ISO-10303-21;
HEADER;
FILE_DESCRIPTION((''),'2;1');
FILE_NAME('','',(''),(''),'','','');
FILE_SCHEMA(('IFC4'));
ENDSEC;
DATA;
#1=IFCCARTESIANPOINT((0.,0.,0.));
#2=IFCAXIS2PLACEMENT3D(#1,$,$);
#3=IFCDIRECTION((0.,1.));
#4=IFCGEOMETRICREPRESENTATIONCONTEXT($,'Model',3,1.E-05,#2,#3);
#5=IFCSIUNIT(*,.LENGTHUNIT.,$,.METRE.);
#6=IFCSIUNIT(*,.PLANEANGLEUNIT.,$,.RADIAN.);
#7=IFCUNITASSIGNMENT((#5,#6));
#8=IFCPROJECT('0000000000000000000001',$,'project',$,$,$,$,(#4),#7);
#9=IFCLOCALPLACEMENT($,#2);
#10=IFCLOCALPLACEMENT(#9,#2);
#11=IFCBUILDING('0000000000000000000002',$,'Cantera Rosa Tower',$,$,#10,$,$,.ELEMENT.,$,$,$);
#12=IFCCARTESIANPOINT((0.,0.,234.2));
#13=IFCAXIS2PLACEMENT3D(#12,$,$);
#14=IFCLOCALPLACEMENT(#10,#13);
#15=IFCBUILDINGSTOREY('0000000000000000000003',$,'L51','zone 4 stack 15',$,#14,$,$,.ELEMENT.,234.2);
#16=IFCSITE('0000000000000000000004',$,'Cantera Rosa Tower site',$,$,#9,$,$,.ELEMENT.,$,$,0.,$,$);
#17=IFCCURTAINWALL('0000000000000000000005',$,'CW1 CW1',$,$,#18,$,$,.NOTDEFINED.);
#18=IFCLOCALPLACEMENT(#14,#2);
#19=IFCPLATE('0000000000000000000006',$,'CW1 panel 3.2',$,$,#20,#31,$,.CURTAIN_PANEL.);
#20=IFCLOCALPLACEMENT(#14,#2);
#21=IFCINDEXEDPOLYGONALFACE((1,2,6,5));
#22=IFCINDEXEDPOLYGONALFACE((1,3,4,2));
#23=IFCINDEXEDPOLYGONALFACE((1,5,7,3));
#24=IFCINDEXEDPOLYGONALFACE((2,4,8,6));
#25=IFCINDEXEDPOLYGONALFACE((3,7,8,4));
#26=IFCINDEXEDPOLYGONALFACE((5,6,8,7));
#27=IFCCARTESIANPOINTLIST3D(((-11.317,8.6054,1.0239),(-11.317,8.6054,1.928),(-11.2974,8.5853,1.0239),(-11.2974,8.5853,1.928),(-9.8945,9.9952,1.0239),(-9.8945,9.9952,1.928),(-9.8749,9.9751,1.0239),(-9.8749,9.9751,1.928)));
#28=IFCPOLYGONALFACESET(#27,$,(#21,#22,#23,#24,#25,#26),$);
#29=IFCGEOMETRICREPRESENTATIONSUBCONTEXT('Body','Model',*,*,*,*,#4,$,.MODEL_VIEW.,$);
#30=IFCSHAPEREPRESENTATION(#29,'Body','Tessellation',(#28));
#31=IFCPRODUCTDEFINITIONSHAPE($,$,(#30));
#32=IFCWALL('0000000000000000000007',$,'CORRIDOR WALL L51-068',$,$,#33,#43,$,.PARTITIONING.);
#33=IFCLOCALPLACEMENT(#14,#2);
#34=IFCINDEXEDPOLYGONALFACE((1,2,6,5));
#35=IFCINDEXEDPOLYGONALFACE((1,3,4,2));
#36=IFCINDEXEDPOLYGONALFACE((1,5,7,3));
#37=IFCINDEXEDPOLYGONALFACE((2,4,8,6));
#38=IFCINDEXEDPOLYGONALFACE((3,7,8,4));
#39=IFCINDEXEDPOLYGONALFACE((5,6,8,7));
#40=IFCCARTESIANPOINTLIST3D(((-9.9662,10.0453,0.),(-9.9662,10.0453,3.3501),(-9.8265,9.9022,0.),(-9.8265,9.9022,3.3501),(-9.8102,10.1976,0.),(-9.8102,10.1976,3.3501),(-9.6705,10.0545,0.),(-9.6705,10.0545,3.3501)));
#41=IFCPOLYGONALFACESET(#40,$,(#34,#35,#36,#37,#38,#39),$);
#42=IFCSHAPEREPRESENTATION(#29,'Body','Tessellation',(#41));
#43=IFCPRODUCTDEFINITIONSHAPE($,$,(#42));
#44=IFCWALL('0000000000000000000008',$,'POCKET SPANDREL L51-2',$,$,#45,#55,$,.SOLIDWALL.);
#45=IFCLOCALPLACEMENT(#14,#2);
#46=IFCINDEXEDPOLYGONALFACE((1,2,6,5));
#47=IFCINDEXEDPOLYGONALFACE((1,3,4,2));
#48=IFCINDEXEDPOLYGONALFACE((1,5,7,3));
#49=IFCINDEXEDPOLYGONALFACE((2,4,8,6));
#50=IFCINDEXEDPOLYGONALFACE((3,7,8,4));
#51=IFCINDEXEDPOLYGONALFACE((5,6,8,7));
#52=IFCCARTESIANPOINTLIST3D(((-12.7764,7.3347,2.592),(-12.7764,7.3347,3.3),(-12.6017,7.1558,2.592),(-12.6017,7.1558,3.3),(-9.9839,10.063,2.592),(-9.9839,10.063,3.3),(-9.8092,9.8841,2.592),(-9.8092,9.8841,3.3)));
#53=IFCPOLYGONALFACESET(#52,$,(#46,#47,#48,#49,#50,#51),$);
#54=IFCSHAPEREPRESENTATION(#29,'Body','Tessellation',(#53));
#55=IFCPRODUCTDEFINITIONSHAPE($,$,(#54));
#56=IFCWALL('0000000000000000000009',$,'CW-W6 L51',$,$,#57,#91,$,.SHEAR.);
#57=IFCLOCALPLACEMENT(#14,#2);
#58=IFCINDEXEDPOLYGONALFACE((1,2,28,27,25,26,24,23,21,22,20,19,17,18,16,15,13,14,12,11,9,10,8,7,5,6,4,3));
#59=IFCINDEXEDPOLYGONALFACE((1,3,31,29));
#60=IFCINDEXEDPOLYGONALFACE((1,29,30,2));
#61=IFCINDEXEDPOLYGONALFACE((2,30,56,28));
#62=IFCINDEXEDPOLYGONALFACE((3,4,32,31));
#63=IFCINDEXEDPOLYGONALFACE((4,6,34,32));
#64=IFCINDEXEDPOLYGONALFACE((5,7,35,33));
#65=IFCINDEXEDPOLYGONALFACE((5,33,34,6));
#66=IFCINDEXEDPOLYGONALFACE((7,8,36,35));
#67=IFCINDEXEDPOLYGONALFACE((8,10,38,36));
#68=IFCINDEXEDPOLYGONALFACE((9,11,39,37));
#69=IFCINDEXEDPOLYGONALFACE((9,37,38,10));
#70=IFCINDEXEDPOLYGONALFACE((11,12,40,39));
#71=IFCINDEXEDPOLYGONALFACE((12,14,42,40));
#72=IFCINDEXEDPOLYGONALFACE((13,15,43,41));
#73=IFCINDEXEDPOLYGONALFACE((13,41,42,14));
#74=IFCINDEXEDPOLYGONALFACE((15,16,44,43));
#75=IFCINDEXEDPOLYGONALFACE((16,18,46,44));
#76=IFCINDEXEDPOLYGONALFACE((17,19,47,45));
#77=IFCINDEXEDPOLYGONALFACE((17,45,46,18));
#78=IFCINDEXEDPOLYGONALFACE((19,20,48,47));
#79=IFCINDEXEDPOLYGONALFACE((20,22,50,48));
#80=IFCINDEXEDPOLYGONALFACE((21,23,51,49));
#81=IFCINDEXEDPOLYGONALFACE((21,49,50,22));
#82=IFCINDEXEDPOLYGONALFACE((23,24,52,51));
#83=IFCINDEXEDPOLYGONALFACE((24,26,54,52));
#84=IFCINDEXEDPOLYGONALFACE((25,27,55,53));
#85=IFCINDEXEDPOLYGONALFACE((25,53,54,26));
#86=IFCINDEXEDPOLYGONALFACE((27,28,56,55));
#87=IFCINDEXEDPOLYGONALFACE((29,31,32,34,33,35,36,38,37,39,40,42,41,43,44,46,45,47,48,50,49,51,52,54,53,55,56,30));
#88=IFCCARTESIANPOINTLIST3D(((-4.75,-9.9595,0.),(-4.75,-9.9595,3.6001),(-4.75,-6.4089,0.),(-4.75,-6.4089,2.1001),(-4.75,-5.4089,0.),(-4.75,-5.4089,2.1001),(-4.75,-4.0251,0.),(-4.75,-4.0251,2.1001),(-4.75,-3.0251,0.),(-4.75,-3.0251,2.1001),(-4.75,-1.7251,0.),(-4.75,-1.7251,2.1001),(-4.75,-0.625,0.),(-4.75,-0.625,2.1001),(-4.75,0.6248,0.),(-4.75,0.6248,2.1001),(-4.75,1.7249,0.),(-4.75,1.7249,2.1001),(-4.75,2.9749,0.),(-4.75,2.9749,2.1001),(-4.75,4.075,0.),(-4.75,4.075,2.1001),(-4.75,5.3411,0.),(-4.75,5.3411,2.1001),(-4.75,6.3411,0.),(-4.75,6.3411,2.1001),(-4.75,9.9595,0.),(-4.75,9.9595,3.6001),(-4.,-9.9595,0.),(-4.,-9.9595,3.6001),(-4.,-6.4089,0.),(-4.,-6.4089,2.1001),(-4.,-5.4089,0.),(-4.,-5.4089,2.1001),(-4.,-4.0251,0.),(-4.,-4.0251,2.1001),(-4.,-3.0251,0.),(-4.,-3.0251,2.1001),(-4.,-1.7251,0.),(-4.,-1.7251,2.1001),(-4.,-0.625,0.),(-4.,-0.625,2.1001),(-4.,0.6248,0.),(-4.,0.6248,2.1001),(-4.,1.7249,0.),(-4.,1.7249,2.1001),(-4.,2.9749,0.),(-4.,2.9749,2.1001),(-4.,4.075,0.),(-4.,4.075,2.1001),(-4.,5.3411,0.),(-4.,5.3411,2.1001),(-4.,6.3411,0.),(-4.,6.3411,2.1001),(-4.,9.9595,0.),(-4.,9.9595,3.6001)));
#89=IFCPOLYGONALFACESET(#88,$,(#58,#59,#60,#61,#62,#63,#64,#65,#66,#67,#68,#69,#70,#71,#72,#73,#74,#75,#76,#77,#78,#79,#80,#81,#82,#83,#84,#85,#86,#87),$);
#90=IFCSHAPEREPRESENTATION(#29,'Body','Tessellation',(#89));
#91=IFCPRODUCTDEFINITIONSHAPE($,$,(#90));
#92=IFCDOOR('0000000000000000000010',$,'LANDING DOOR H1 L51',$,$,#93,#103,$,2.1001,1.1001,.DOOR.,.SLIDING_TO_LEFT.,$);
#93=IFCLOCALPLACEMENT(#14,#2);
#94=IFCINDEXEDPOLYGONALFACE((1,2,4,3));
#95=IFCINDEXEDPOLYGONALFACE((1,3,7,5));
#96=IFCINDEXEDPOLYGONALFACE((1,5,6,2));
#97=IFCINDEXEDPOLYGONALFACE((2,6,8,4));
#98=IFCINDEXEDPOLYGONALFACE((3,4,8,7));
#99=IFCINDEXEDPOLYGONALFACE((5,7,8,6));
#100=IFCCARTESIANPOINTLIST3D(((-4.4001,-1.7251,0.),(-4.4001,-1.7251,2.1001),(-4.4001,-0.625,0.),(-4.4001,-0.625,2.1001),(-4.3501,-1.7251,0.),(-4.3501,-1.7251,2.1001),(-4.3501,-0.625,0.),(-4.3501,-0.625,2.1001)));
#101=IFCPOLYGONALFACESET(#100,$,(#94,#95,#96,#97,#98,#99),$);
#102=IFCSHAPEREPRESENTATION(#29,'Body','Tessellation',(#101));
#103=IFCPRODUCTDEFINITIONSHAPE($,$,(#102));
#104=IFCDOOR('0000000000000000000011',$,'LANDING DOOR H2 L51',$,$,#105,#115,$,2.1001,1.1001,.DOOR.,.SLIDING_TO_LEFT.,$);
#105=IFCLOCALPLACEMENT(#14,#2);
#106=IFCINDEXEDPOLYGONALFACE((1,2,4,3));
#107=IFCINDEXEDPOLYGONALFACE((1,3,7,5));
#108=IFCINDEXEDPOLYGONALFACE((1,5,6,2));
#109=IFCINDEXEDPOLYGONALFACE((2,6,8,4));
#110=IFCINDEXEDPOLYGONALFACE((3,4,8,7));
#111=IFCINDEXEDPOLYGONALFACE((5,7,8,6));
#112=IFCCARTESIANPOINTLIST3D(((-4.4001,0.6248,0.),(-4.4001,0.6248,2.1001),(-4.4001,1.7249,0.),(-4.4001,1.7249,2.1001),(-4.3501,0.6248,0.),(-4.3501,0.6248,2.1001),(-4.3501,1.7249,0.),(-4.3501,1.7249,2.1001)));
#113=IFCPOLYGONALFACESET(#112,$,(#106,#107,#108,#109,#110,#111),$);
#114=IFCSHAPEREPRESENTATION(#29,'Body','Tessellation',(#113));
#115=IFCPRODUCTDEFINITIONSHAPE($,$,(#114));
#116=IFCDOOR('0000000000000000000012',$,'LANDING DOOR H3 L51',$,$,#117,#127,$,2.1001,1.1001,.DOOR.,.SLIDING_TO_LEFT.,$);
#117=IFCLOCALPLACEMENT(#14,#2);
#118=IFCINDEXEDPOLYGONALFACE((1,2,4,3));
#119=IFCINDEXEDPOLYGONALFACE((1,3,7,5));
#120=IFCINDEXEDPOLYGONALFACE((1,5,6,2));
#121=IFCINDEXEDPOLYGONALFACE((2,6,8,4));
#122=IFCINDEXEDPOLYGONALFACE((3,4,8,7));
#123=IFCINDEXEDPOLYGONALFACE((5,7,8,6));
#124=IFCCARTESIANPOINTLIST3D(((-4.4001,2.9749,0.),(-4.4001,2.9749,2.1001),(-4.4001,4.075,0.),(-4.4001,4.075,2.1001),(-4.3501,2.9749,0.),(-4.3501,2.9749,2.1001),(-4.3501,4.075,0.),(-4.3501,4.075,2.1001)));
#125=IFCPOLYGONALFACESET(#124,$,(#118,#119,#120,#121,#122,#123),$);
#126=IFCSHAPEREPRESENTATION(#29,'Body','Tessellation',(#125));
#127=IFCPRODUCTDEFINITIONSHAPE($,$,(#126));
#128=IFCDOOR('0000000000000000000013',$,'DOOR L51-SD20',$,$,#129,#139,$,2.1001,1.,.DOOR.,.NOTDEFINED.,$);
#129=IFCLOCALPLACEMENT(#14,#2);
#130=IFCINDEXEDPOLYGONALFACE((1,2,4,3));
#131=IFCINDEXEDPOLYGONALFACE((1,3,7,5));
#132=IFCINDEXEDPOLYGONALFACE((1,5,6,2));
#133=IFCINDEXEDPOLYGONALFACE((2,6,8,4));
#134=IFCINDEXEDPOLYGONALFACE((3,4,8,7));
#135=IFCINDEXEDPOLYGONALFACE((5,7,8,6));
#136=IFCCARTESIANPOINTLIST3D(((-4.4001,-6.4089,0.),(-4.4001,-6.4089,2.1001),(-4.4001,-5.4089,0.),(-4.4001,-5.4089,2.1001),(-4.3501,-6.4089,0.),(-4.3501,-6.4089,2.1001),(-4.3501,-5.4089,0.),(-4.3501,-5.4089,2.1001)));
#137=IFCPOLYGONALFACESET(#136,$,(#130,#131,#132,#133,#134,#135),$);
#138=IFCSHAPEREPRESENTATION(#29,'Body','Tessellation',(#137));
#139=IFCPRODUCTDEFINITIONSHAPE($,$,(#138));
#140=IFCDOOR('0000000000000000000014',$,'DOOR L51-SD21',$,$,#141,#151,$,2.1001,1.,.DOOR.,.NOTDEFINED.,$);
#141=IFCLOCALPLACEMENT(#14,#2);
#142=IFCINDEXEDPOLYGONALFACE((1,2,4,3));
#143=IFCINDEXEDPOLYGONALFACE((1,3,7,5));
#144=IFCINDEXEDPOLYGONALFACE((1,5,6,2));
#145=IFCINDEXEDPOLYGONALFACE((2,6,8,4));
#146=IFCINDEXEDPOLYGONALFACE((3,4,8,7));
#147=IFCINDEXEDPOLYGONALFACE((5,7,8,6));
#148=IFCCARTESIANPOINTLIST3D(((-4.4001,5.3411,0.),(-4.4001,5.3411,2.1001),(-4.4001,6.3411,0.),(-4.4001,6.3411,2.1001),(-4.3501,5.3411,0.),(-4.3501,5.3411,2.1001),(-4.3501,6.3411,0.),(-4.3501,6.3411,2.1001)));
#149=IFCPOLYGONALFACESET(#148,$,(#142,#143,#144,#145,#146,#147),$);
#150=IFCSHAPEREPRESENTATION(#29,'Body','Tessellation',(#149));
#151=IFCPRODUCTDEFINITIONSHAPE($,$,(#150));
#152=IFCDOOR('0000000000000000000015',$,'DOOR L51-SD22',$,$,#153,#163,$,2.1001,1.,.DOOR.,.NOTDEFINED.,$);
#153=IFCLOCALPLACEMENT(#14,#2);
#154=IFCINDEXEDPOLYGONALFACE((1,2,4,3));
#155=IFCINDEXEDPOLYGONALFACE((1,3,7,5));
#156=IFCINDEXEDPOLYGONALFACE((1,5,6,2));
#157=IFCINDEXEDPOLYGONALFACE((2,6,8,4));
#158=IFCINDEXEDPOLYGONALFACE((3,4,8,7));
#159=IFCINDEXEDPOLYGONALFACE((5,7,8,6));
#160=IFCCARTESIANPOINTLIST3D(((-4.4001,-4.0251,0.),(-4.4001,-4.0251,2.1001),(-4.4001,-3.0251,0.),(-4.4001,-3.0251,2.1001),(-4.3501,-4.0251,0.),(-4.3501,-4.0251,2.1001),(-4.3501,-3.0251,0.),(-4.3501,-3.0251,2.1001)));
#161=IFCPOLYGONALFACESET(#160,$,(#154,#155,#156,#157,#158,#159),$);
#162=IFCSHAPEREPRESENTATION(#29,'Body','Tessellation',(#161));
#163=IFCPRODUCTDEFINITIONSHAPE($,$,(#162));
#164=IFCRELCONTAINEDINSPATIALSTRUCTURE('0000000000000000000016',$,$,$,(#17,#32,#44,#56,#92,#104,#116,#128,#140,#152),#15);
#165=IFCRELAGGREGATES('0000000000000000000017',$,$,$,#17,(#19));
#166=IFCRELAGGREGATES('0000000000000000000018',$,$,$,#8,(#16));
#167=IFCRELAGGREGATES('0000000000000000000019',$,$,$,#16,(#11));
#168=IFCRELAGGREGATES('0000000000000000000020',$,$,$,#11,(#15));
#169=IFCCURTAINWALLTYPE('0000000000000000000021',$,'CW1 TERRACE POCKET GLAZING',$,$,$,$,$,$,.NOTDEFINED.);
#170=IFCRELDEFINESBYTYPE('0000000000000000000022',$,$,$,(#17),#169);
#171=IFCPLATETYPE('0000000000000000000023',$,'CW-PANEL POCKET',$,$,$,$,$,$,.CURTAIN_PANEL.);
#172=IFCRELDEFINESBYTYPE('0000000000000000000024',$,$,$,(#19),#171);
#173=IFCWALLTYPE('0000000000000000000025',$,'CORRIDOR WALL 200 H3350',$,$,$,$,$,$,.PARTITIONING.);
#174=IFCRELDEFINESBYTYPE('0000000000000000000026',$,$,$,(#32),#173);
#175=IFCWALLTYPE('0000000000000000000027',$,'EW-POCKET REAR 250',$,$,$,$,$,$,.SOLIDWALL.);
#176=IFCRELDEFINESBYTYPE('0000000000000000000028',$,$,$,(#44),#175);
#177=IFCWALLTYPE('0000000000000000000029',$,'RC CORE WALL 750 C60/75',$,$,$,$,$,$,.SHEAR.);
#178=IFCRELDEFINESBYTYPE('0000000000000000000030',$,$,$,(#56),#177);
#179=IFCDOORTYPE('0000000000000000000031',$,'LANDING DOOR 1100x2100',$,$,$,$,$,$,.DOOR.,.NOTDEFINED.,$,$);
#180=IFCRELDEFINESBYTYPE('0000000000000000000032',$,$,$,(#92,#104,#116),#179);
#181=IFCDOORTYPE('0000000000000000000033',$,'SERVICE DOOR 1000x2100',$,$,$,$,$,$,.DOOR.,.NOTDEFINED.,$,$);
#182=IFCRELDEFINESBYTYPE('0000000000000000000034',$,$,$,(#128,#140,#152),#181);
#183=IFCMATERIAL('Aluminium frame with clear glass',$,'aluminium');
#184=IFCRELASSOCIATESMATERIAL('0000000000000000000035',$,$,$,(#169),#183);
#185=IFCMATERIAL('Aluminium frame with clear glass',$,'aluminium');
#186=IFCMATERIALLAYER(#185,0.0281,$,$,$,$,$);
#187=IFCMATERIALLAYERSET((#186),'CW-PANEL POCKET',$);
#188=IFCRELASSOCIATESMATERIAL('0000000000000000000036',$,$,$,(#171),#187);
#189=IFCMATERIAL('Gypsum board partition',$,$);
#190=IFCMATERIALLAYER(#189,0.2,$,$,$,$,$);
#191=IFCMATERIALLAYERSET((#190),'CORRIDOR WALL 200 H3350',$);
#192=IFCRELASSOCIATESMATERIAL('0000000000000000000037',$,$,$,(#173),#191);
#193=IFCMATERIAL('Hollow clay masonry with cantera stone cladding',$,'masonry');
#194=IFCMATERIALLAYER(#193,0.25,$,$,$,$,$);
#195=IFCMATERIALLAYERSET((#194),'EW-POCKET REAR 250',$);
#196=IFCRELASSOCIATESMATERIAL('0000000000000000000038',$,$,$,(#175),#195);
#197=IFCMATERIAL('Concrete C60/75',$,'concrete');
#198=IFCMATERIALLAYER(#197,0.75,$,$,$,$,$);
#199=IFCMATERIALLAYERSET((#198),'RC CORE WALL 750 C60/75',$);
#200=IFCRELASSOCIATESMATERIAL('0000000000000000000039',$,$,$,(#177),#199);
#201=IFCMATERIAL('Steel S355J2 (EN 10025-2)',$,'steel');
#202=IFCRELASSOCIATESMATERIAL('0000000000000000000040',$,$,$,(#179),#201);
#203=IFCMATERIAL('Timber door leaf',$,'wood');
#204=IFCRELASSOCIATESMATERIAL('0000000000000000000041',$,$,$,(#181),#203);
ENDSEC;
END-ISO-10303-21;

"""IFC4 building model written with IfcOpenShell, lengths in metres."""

from ifc_helpers import new_model, si_unit, direction, frame, frame_2d, origin, origin_2d, place, context, subcontext, project, spatial, rectangle, extrude, material, layer, layer_set, type_object, element, fill, aggregate, save


model = new_model("IFC4")

# Units and contexts
model_context = context("Model", 3, precision=1e-05, world=origin(), true_north=direction((0.0, 1.0)))
body_context = subcontext(model_context, "Body", "Model", "MODEL_VIEW")
ifc_project = project(units=[si_unit("LENGTHUNIT", "METRE"), si_unit("PLANEANGLEUNIT", "RADIAN")], contexts=[model_context])

# Site, building, storey
site_placement = place(None, origin())
site = spatial("IfcSite", under=ifc_project, at=site_placement, Name="Cantera Rosa Tower site", CompositionType="ELEMENT", RefElevation=0.0)
building_placement = place(site_placement, origin())
building = spatial("IfcBuilding", under=site, at=building_placement, Name="Cantera Rosa Tower", CompositionType="ELEMENT")
storey_placement = place(building_placement, frame((0.0, 0.0, 234.2)))
storey = spatial("IfcBuildingStorey", under=building, at=storey_placement, Name="L51", Description="zone 4 stack 15", CompositionType="ELEMENT", Elevation=234.2)

# Curtain wall
ifc_material_1 = material(Name="Aluminium frame with clear glass", Category="aluminium")
curtain_wall_type = type_object("IfcCurtainWallType", Name="CW1 TERRACE POCKET GLAZING", PredefinedType="NOTDEFINED", material=ifc_material_1)
curtain_wall_placement = place(storey_placement, origin())
curtain_wall = element("IfcCurtainWall", 1, at=curtain_wall_placement, inside=storey, type_object=curtain_wall_type, Name="CW1 CW1", PredefinedType="NOTDEFINED")

# Plate
ifc_material_2 = material(Name="Aluminium frame with clear glass", Category="aluminium")
ifc_layer_1 = layer(ifc_material_2, 0.0281)
ifc_layer_set_1 = layer_set([ifc_layer_1], Name="CW-PANEL POCKET")
plate_type = type_object("IfcPlateType", Name="CW-PANEL POCKET", PredefinedType="CURTAIN_PANEL", material=ifc_layer_set_1)
plate_1_placement = place(storey_placement, frame((-10.5959, 9.2903, 1.0239), z_axis=(0.0, 0.0, 1.0), x_axis=(-0.715286, -0.698832, 0.0)))
plate_1 = element("IfcPlate", 2, at=plate_1_placement, type_object=plate_type, Name="CW1 panel 3.2", PredefinedType="CURTAIN_PANEL", context=body_context, shape_type="SweptSolid", body=[
    extrude(rectangle(XDim=1.9888, YDim=0.0281, at=origin_2d()), origin(), (0.0, 0.0, 1.0), 0.9041),
])
aggregate(curtain_wall, [plate_1])

# Walls
ifc_material_3 = material(Name="Gypsum board partition")
ifc_layer_2 = layer(ifc_material_3, 0.2)
ifc_layer_set_2 = layer_set([ifc_layer_2], Name="CORRIDOR WALL 200 H3350")
wall_type_1 = type_object("IfcWallType", Name="CORRIDOR WALL 200 H3350", PredefinedType="PARTITIONING", material=ifc_layer_set_2)
wall_1_placement = place(storey_placement, frame((-9.7405, 10.126, 0.0), z_axis=(0.0, 0.0, 1.0), x_axis=(-0.715454, -0.69866, 0.0)))
element("IfcWall", 3, at=wall_1_placement, inside=storey, type_object=wall_type_1, Name="CORRIDOR WALL L51-068", PredefinedType="PARTITIONING", context=body_context, shape_type="SweptSolid", body=[
    extrude(rectangle(XDim=0.218, YDim=0.2, at=frame_2d((0.1089, 0.0))), origin(), (0.0, 0.0, 1.0), 3.3501),
])
ifc_material_4 = material(Name="Hollow clay masonry with cantera stone cladding", Category="masonry")
ifc_layer_3 = layer(ifc_material_4, 0.25)
ifc_layer_set_3 = layer_set([ifc_layer_3], Name="EW-POCKET REAR 250")
wall_type_2 = type_object("IfcWallType", Name="EW-POCKET REAR 250", PredefinedType="SOLIDWALL", material=ifc_layer_set_3)
wall_2_placement = place(storey_placement, frame((-9.8965, 9.9736, 2.592), z_axis=(0.0, 0.0, 1.0), x_axis=(-0.715282, -0.698836, 0.0)))
element("IfcWall", 4, at=wall_2_placement, inside=storey, type_object=wall_type_2, Name="POCKET SPANDREL L51-2", PredefinedType="SOLIDWALL", context=body_context, shape_type="SweptSolid", body=[
    extrude(rectangle(XDim=3.9041, YDim=0.25, at=frame_2d((1.9521, 0.0))), origin(), (0.0, 0.0, 1.0), 0.708),
])

# Wall, openings, doors
ifc_material_5 = material(Name="Concrete C60/75", Category="concrete")
ifc_layer_4 = layer(ifc_material_5, 0.75)
ifc_layer_set_4 = layer_set([ifc_layer_4], Name="RC CORE WALL 750 C60/75")
wall_type_3 = type_object("IfcWallType", Name="RC CORE WALL 750 C60/75", PredefinedType="SHEAR", material=ifc_layer_set_4)
wall_3_placement = place(storey_placement, frame((-4.375, 9.9595, 0.0), z_axis=(0.0, 0.0, 1.0), x_axis=(0.0, -1.0, 0.0)))
wall_3 = element("IfcWall", 5, at=wall_3_placement, inside=storey, type_object=wall_type_3, Name="CW-W6 L51", PredefinedType="SHEAR", context=body_context, shape_type="SweptSolid", body=[
    extrude(rectangle(XDim=19.9189, YDim=0.75, at=frame_2d((9.9595, 0.0))), origin(), (0.0, 0.0, 1.0), 3.6001),
])
opening_1_placement = place(wall_3_placement, frame((10.5845, 0.0, 0.0)))
opening_1 = element("IfcOpeningElement", 6, at=opening_1_placement, cuts=wall_3, PredefinedType="OPENING", context=body_context, shape_type="SweptSolid", body=[
    extrude(rectangle(XDim=1.1001, YDim=2.1001, at=frame_2d((0.55, 1.05))), frame((0.0, 0.385, 0.0), z_axis=(0.0, -1.0, 0.0), x_axis=(1.0, 0.0, 0.0)), (0.0, 0.0, 1.0), 0.77),
])
opening_2_placement = place(wall_3_placement, frame((8.2346, 0.0, 0.0)))
opening_2 = element("IfcOpeningElement", 7, at=opening_2_placement, cuts=wall_3, PredefinedType="OPENING", context=body_context, shape_type="SweptSolid", body=[
    extrude(rectangle(XDim=1.1001, YDim=2.1001, at=frame_2d((0.55, 1.05))), frame((0.0, 0.385, 0.0), z_axis=(0.0, -1.0, 0.0), x_axis=(1.0, 0.0, 0.0)), (0.0, 0.0, 1.0), 0.77),
])
opening_3_placement = place(wall_3_placement, frame((5.8845, 0.0, 0.0)))
opening_3 = element("IfcOpeningElement", 8, at=opening_3_placement, cuts=wall_3, PredefinedType="OPENING", context=body_context, shape_type="SweptSolid", body=[
    extrude(rectangle(XDim=1.1001, YDim=2.1001, at=frame_2d((0.55, 1.05))), frame((0.0, 0.385, 0.0), z_axis=(0.0, -1.0, 0.0), x_axis=(1.0, 0.0, 0.0)), (0.0, 0.0, 1.0), 0.77),
])
opening_4_placement = place(wall_3_placement, frame((15.3684, 0.0, 0.0)))
opening_4 = element("IfcOpeningElement", 9, at=opening_4_placement, cuts=wall_3, PredefinedType="OPENING", context=body_context, shape_type="SweptSolid", body=[
    extrude(rectangle(XDim=1.0, YDim=2.1001, at=frame_2d((0.5, 1.05))), frame((0.0, 0.385, 0.0), z_axis=(0.0, -1.0, 0.0), x_axis=(1.0, 0.0, 0.0)), (0.0, 0.0, 1.0), 0.77),
])
opening_5_placement = place(wall_3_placement, frame((3.6184, 0.0, 0.0)))
opening_5 = element("IfcOpeningElement", 10, at=opening_5_placement, cuts=wall_3, PredefinedType="OPENING", context=body_context, shape_type="SweptSolid", body=[
    extrude(rectangle(XDim=1.0, YDim=2.1001, at=frame_2d((0.5, 1.05))), frame((0.0, 0.385, 0.0), z_axis=(0.0, -1.0, 0.0), x_axis=(1.0, 0.0, 0.0)), (0.0, 0.0, 1.0), 0.77),
])
opening_6_placement = place(wall_3_placement, frame((12.9846, 0.0, 0.0)))
opening_6 = element("IfcOpeningElement", 11, at=opening_6_placement, cuts=wall_3, PredefinedType="OPENING", context=body_context, shape_type="SweptSolid", body=[
    extrude(rectangle(XDim=1.0, YDim=2.1001, at=frame_2d((0.5, 1.05))), frame((0.0, 0.385, 0.0), z_axis=(0.0, -1.0, 0.0), x_axis=(1.0, 0.0, 0.0)), (0.0, 0.0, 1.0), 0.77),
])
ifc_material_6 = material(Name="Steel S355J2 (EN 10025-2)", Category="steel")
door_type_1 = type_object("IfcDoorType", Name="LANDING DOOR 1100x2100", OperationType="NOTDEFINED", PredefinedType="DOOR", material=ifc_material_6)
door_1_placement = place(opening_1_placement, origin())
door_1 = element("IfcDoor", 12, at=door_1_placement, inside=storey, type_object=door_type_1, Name="LANDING DOOR H1 L51", OperationType="SLIDING_TO_LEFT", OverallHeight=2.1001, OverallWidth=1.1001, PredefinedType="DOOR", context=body_context, shape_type="SweptSolid", body=[
    extrude(rectangle(XDim=1.1001, YDim=2.1001, at=frame_2d((0.55, 1.05))), frame((0.0, 0.0249, 0.0), z_axis=(0.0, -1.0, 0.0), x_axis=(1.0, 0.0, 0.0)), (0.0, 0.0, 1.0), 0.05),
])
fill(opening_1, door_1)
door_2_placement = place(opening_2_placement, origin())
door_2 = element("IfcDoor", 13, at=door_2_placement, inside=storey, type_object=door_type_1, Name="LANDING DOOR H2 L51", OperationType="SLIDING_TO_LEFT", OverallHeight=2.1001, OverallWidth=1.1001, PredefinedType="DOOR", context=body_context, shape_type="SweptSolid", body=[
    extrude(rectangle(XDim=1.1001, YDim=2.1001, at=frame_2d((0.55, 1.05))), frame((0.0, 0.0249, 0.0), z_axis=(0.0, -1.0, 0.0), x_axis=(1.0, 0.0, 0.0)), (0.0, 0.0, 1.0), 0.05),
])
fill(opening_2, door_2)
door_3_placement = place(opening_3_placement, origin())
door_3 = element("IfcDoor", 14, at=door_3_placement, inside=storey, type_object=door_type_1, Name="LANDING DOOR H3 L51", OperationType="SLIDING_TO_LEFT", OverallHeight=2.1001, OverallWidth=1.1001, PredefinedType="DOOR", context=body_context, shape_type="SweptSolid", body=[
    extrude(rectangle(XDim=1.1001, YDim=2.1001, at=frame_2d((0.55, 1.05))), frame((0.0, 0.0249, 0.0), z_axis=(0.0, -1.0, 0.0), x_axis=(1.0, 0.0, 0.0)), (0.0, 0.0, 1.0), 0.05),
])
fill(opening_3, door_3)
ifc_material_7 = material(Name="Timber door leaf", Category="wood")
door_type_2 = type_object("IfcDoorType", Name="SERVICE DOOR 1000x2100", OperationType="NOTDEFINED", PredefinedType="DOOR", material=ifc_material_7)
door_4_placement = place(opening_4_placement, origin())
door_4 = element("IfcDoor", 15, at=door_4_placement, inside=storey, type_object=door_type_2, Name="DOOR L51-SD20", OperationType="NOTDEFINED", OverallHeight=2.1001, OverallWidth=1.0, PredefinedType="DOOR", context=body_context, shape_type="SweptSolid", body=[
    extrude(rectangle(XDim=1.0, YDim=2.1001, at=frame_2d((0.5, 1.05))), frame((0.0, 0.0249, 0.0), z_axis=(0.0, -1.0, 0.0), x_axis=(1.0, 0.0, 0.0)), (0.0, 0.0, 1.0), 0.05),
])
fill(opening_4, door_4)
door_5_placement = place(opening_5_placement, origin())
door_5 = element("IfcDoor", 16, at=door_5_placement, inside=storey, type_object=door_type_2, Name="DOOR L51-SD21", OperationType="NOTDEFINED", OverallHeight=2.1001, OverallWidth=1.0, PredefinedType="DOOR", context=body_context, shape_type="SweptSolid", body=[
    extrude(rectangle(XDim=1.0, YDim=2.1001, at=frame_2d((0.5, 1.05))), frame((0.0, 0.0249, 0.0), z_axis=(0.0, -1.0, 0.0), x_axis=(1.0, 0.0, 0.0)), (0.0, 0.0, 1.0), 0.05),
])
fill(opening_5, door_5)
door_6_placement = place(opening_6_placement, origin())
door_6 = element("IfcDoor", 17, at=door_6_placement, inside=storey, type_object=door_type_2, Name="DOOR L51-SD22", OperationType="NOTDEFINED", OverallHeight=2.1001, OverallWidth=1.0, PredefinedType="DOOR", context=body_context, shape_type="SweptSolid", body=[
    extrude(rectangle(XDim=1.0, YDim=2.1001, at=frame_2d((0.5, 1.05))), frame((0.0, 0.0249, 0.0), z_axis=(0.0, -1.0, 0.0), x_axis=(1.0, 0.0, 0.0)), (0.0, 0.0, 1.0), 0.05),
])
fill(opening_6, door_6)

save(model, "model.ifc")
